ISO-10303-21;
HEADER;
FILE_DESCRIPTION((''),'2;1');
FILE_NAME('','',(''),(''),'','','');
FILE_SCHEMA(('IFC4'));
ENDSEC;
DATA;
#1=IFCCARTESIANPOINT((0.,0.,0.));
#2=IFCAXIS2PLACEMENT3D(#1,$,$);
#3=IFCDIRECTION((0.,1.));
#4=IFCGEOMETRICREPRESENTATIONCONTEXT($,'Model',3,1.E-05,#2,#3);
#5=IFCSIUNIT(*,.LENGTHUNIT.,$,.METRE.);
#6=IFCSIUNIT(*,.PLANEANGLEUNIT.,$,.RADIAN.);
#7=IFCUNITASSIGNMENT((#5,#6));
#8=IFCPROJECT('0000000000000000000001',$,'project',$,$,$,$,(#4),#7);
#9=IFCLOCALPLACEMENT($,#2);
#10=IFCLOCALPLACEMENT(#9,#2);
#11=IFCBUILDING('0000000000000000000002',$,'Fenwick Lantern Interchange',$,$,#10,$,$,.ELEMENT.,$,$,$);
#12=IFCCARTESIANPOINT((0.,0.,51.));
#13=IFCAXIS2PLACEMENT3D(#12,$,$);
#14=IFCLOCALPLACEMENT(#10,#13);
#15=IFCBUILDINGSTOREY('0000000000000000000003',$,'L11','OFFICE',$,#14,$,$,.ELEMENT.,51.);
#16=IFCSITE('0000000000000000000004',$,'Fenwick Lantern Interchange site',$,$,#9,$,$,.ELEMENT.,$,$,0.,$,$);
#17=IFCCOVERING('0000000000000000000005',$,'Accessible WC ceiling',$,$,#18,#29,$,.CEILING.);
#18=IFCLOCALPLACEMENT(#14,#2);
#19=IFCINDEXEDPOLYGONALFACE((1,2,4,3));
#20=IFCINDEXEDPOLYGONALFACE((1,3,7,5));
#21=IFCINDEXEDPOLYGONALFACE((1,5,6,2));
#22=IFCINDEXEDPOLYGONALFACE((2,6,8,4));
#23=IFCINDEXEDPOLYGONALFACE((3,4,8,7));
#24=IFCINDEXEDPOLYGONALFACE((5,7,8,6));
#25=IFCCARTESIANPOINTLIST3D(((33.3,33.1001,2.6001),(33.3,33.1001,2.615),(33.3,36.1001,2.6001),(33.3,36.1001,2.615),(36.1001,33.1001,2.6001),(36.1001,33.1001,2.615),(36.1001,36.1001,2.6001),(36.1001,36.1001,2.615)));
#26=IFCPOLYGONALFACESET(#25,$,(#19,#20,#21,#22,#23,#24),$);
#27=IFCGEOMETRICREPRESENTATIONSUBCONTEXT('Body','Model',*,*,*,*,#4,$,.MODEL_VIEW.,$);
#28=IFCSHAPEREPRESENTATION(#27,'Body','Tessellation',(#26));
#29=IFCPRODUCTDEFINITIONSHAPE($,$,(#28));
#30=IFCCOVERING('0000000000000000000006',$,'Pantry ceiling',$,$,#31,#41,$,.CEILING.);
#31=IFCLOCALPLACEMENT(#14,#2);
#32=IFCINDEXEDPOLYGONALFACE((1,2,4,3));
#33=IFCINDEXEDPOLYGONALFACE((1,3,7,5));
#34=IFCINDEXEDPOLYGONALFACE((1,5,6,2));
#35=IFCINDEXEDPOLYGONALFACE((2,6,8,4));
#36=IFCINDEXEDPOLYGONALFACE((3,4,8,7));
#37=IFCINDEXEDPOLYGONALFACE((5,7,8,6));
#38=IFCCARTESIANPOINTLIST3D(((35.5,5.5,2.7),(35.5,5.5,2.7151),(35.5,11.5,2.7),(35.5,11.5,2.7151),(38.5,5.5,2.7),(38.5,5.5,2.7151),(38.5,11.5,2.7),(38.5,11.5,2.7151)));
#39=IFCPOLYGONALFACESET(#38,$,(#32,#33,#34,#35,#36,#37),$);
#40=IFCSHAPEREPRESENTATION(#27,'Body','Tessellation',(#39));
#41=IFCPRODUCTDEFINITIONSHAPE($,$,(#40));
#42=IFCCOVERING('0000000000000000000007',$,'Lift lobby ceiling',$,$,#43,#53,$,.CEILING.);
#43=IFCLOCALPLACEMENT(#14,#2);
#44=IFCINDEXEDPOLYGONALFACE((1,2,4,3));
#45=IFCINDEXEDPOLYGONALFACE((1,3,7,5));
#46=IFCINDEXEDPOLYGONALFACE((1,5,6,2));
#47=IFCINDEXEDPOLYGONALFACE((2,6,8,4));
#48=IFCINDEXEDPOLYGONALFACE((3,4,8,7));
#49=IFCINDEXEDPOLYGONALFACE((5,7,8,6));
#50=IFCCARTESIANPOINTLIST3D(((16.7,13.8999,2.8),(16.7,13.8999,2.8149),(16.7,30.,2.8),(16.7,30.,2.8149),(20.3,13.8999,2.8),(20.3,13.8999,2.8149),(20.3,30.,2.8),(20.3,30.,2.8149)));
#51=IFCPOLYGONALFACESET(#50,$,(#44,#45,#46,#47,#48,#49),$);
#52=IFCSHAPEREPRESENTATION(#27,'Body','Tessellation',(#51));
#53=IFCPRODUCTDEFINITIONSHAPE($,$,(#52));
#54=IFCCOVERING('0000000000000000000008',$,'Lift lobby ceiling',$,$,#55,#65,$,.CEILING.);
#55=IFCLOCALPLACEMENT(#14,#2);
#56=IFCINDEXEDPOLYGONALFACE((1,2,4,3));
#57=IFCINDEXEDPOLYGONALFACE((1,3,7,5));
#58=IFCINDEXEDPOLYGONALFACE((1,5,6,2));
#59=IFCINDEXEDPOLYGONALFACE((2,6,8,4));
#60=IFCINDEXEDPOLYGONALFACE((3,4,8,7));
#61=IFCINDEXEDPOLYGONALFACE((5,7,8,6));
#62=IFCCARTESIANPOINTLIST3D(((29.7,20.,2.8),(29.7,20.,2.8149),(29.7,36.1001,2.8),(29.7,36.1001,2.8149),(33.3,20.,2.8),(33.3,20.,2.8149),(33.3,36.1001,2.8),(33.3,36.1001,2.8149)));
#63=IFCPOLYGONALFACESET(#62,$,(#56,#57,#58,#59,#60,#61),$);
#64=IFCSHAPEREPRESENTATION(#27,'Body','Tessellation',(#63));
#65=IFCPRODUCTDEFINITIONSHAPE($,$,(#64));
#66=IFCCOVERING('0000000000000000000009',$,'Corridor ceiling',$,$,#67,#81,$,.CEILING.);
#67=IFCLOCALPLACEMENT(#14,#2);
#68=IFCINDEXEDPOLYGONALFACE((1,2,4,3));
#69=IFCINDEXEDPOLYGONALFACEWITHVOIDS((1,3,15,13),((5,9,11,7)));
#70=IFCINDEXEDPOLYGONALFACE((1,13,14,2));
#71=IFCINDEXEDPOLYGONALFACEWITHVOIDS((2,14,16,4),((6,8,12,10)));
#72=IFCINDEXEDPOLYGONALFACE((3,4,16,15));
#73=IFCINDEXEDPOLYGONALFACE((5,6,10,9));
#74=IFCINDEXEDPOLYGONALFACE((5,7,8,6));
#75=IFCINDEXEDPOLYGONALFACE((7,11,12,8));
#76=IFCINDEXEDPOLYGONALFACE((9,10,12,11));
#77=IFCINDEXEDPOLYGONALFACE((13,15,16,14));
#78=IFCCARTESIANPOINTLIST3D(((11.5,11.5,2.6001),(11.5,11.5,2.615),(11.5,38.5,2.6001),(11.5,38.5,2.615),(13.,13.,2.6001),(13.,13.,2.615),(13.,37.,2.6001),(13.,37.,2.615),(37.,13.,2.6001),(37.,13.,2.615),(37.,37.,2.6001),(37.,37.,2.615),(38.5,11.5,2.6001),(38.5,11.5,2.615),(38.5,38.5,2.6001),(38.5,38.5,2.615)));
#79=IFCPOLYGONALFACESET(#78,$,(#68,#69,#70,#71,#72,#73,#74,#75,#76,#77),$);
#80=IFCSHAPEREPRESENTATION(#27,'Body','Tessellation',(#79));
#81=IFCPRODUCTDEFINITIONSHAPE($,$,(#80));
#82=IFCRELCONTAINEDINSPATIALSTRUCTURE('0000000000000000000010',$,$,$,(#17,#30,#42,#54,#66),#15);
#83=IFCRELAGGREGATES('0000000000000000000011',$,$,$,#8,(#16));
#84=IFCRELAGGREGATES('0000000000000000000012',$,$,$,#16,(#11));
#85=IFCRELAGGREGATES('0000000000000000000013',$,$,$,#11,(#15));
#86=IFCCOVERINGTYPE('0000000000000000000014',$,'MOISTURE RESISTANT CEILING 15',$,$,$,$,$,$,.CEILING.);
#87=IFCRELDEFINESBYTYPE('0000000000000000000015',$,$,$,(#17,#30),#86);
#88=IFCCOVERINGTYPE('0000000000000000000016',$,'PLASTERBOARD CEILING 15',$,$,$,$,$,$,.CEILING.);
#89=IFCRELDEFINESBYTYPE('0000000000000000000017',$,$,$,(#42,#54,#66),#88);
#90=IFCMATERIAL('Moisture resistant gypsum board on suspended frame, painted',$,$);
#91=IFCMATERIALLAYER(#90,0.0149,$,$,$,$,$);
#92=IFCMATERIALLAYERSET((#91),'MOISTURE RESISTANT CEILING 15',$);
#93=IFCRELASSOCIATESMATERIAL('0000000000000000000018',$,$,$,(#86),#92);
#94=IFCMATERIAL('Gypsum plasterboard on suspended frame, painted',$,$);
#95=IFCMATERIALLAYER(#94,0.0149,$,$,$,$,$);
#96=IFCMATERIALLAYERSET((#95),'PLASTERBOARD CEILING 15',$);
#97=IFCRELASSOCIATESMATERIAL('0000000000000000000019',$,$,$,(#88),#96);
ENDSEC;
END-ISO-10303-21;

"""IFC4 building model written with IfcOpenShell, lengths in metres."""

from ifc_helpers import new_model, si_unit, direction, frame, origin, place, context, subcontext, project, spatial, polyline, outline, extrude, material, layer, layer_set, type_object, element, save


model = new_model("IFC4")

# Units and contexts
model_context = context("Model", 3, precision=1e-05, world=origin(), true_north=direction((0.0, 1.0)))
body_context = subcontext(model_context, "Body", "Model", "MODEL_VIEW")
ifc_project = project(units=[si_unit("LENGTHUNIT", "METRE"), si_unit("PLANEANGLEUNIT", "RADIAN")], contexts=[model_context])

# Site, building, storey
site_placement = place(None, origin())
site = spatial("IfcSite", under=ifc_project, at=site_placement, Name="Fenwick Lantern Interchange site", CompositionType="ELEMENT", RefElevation=0.0)
building_placement = place(site_placement, origin())
building = spatial("IfcBuilding", under=site, at=building_placement, Name="Fenwick Lantern Interchange", CompositionType="ELEMENT")
storey_placement = place(building_placement, frame((0.0, 0.0, 51.0)))
storey = spatial("IfcBuildingStorey", under=building, at=storey_placement, Name="L11", Description="OFFICE", CompositionType="ELEMENT", Elevation=51.0)

# Coverings
ifc_material_1 = material(Name="Moisture resistant gypsum board on suspended frame, painted")
ifc_layer_1 = layer(ifc_material_1, 0.0149)
ifc_layer_set_1 = layer_set([ifc_layer_1], Name="MOISTURE RESISTANT CEILING 15")
covering_type_1 = type_object("IfcCoveringType", Name="MOISTURE RESISTANT CEILING 15", PredefinedType="CEILING", material=ifc_layer_set_1)
covering_1_placement = place(storey_placement, frame((0.0, 0.0, 2.6001)))
element("IfcCovering", 1, at=covering_1_placement, inside=storey, type_object=covering_type_1, Name="Accessible WC ceiling", PredefinedType="CEILING", context=body_context, shape_type="SweptSolid", body=[
    extrude(outline(polyline([(36.1001, 36.1001), (33.3, 36.1001), (33.3, 33.1001), (36.1001, 33.1001), (36.1001, 36.1001)])), origin(), (0.0, 0.0, 1.0), 0.0149),
])
covering_2_placement = place(storey_placement, frame((0.0, 0.0, 2.7)))
element("IfcCovering", 2, at=covering_2_placement, inside=storey, type_object=covering_type_1, Name="Pantry ceiling", PredefinedType="CEILING", context=body_context, shape_type="SweptSolid", body=[
    extrude(outline(polyline([(35.5, 5.5), (38.5, 5.5), (38.5, 11.5), (35.5, 11.5), (35.5, 5.5)])), origin(), (0.0, 0.0, 1.0), 0.0151),
])
ifc_material_2 = material(Name="Gypsum plasterboard on suspended frame, painted")
ifc_layer_2 = layer(ifc_material_2, 0.0149)
ifc_layer_set_2 = layer_set([ifc_layer_2], Name="PLASTERBOARD CEILING 15")
covering_type_2 = type_object("IfcCoveringType", Name="PLASTERBOARD CEILING 15", PredefinedType="CEILING", material=ifc_layer_set_2)
covering_3_placement = place(storey_placement, frame((0.0, 0.0, 2.8)))
element("IfcCovering", 3, at=covering_3_placement, inside=storey, type_object=covering_type_2, Name="Lift lobby ceiling", PredefinedType="CEILING", context=body_context, shape_type="SweptSolid", body=[
    extrude(outline(polyline([(16.7, 13.8999), (20.3, 13.8999), (20.3, 30.0), (16.7, 30.0), (16.7, 13.8999)])), origin(), (0.0, 0.0, 1.0), 0.0149),
])
covering_4_placement = place(storey_placement, frame((0.0, 0.0, 2.8)))
element("IfcCovering", 4, at=covering_4_placement, inside=storey, type_object=covering_type_2, Name="Lift lobby ceiling", PredefinedType="CEILING", context=body_context, shape_type="SweptSolid", body=[
    extrude(outline(polyline([(33.3, 36.1001), (29.7, 36.1001), (29.7, 20.0), (33.3, 20.0), (33.3, 36.1001)])), origin(), (0.0, 0.0, 1.0), 0.0149),
])
covering_5_placement = place(storey_placement, frame((0.0, 0.0, 2.6001)))
element("IfcCovering", 5, at=covering_5_placement, inside=storey, type_object=covering_type_2, Name="Corridor ceiling", PredefinedType="CEILING", context=body_context, shape_type="SweptSolid", body=[
    extrude(outline(polyline([(11.5, 38.5), (11.5, 11.5), (38.5, 11.5), (38.5, 38.5), (11.5, 38.5)]), holes=[polyline([(37.0, 13.0), (13.0, 13.0), (13.0, 37.0), (37.0, 37.0), (37.0, 13.0)])]), origin(), (0.0, 0.0, 1.0), 0.0149),
])

save(model, "model.ifc")
